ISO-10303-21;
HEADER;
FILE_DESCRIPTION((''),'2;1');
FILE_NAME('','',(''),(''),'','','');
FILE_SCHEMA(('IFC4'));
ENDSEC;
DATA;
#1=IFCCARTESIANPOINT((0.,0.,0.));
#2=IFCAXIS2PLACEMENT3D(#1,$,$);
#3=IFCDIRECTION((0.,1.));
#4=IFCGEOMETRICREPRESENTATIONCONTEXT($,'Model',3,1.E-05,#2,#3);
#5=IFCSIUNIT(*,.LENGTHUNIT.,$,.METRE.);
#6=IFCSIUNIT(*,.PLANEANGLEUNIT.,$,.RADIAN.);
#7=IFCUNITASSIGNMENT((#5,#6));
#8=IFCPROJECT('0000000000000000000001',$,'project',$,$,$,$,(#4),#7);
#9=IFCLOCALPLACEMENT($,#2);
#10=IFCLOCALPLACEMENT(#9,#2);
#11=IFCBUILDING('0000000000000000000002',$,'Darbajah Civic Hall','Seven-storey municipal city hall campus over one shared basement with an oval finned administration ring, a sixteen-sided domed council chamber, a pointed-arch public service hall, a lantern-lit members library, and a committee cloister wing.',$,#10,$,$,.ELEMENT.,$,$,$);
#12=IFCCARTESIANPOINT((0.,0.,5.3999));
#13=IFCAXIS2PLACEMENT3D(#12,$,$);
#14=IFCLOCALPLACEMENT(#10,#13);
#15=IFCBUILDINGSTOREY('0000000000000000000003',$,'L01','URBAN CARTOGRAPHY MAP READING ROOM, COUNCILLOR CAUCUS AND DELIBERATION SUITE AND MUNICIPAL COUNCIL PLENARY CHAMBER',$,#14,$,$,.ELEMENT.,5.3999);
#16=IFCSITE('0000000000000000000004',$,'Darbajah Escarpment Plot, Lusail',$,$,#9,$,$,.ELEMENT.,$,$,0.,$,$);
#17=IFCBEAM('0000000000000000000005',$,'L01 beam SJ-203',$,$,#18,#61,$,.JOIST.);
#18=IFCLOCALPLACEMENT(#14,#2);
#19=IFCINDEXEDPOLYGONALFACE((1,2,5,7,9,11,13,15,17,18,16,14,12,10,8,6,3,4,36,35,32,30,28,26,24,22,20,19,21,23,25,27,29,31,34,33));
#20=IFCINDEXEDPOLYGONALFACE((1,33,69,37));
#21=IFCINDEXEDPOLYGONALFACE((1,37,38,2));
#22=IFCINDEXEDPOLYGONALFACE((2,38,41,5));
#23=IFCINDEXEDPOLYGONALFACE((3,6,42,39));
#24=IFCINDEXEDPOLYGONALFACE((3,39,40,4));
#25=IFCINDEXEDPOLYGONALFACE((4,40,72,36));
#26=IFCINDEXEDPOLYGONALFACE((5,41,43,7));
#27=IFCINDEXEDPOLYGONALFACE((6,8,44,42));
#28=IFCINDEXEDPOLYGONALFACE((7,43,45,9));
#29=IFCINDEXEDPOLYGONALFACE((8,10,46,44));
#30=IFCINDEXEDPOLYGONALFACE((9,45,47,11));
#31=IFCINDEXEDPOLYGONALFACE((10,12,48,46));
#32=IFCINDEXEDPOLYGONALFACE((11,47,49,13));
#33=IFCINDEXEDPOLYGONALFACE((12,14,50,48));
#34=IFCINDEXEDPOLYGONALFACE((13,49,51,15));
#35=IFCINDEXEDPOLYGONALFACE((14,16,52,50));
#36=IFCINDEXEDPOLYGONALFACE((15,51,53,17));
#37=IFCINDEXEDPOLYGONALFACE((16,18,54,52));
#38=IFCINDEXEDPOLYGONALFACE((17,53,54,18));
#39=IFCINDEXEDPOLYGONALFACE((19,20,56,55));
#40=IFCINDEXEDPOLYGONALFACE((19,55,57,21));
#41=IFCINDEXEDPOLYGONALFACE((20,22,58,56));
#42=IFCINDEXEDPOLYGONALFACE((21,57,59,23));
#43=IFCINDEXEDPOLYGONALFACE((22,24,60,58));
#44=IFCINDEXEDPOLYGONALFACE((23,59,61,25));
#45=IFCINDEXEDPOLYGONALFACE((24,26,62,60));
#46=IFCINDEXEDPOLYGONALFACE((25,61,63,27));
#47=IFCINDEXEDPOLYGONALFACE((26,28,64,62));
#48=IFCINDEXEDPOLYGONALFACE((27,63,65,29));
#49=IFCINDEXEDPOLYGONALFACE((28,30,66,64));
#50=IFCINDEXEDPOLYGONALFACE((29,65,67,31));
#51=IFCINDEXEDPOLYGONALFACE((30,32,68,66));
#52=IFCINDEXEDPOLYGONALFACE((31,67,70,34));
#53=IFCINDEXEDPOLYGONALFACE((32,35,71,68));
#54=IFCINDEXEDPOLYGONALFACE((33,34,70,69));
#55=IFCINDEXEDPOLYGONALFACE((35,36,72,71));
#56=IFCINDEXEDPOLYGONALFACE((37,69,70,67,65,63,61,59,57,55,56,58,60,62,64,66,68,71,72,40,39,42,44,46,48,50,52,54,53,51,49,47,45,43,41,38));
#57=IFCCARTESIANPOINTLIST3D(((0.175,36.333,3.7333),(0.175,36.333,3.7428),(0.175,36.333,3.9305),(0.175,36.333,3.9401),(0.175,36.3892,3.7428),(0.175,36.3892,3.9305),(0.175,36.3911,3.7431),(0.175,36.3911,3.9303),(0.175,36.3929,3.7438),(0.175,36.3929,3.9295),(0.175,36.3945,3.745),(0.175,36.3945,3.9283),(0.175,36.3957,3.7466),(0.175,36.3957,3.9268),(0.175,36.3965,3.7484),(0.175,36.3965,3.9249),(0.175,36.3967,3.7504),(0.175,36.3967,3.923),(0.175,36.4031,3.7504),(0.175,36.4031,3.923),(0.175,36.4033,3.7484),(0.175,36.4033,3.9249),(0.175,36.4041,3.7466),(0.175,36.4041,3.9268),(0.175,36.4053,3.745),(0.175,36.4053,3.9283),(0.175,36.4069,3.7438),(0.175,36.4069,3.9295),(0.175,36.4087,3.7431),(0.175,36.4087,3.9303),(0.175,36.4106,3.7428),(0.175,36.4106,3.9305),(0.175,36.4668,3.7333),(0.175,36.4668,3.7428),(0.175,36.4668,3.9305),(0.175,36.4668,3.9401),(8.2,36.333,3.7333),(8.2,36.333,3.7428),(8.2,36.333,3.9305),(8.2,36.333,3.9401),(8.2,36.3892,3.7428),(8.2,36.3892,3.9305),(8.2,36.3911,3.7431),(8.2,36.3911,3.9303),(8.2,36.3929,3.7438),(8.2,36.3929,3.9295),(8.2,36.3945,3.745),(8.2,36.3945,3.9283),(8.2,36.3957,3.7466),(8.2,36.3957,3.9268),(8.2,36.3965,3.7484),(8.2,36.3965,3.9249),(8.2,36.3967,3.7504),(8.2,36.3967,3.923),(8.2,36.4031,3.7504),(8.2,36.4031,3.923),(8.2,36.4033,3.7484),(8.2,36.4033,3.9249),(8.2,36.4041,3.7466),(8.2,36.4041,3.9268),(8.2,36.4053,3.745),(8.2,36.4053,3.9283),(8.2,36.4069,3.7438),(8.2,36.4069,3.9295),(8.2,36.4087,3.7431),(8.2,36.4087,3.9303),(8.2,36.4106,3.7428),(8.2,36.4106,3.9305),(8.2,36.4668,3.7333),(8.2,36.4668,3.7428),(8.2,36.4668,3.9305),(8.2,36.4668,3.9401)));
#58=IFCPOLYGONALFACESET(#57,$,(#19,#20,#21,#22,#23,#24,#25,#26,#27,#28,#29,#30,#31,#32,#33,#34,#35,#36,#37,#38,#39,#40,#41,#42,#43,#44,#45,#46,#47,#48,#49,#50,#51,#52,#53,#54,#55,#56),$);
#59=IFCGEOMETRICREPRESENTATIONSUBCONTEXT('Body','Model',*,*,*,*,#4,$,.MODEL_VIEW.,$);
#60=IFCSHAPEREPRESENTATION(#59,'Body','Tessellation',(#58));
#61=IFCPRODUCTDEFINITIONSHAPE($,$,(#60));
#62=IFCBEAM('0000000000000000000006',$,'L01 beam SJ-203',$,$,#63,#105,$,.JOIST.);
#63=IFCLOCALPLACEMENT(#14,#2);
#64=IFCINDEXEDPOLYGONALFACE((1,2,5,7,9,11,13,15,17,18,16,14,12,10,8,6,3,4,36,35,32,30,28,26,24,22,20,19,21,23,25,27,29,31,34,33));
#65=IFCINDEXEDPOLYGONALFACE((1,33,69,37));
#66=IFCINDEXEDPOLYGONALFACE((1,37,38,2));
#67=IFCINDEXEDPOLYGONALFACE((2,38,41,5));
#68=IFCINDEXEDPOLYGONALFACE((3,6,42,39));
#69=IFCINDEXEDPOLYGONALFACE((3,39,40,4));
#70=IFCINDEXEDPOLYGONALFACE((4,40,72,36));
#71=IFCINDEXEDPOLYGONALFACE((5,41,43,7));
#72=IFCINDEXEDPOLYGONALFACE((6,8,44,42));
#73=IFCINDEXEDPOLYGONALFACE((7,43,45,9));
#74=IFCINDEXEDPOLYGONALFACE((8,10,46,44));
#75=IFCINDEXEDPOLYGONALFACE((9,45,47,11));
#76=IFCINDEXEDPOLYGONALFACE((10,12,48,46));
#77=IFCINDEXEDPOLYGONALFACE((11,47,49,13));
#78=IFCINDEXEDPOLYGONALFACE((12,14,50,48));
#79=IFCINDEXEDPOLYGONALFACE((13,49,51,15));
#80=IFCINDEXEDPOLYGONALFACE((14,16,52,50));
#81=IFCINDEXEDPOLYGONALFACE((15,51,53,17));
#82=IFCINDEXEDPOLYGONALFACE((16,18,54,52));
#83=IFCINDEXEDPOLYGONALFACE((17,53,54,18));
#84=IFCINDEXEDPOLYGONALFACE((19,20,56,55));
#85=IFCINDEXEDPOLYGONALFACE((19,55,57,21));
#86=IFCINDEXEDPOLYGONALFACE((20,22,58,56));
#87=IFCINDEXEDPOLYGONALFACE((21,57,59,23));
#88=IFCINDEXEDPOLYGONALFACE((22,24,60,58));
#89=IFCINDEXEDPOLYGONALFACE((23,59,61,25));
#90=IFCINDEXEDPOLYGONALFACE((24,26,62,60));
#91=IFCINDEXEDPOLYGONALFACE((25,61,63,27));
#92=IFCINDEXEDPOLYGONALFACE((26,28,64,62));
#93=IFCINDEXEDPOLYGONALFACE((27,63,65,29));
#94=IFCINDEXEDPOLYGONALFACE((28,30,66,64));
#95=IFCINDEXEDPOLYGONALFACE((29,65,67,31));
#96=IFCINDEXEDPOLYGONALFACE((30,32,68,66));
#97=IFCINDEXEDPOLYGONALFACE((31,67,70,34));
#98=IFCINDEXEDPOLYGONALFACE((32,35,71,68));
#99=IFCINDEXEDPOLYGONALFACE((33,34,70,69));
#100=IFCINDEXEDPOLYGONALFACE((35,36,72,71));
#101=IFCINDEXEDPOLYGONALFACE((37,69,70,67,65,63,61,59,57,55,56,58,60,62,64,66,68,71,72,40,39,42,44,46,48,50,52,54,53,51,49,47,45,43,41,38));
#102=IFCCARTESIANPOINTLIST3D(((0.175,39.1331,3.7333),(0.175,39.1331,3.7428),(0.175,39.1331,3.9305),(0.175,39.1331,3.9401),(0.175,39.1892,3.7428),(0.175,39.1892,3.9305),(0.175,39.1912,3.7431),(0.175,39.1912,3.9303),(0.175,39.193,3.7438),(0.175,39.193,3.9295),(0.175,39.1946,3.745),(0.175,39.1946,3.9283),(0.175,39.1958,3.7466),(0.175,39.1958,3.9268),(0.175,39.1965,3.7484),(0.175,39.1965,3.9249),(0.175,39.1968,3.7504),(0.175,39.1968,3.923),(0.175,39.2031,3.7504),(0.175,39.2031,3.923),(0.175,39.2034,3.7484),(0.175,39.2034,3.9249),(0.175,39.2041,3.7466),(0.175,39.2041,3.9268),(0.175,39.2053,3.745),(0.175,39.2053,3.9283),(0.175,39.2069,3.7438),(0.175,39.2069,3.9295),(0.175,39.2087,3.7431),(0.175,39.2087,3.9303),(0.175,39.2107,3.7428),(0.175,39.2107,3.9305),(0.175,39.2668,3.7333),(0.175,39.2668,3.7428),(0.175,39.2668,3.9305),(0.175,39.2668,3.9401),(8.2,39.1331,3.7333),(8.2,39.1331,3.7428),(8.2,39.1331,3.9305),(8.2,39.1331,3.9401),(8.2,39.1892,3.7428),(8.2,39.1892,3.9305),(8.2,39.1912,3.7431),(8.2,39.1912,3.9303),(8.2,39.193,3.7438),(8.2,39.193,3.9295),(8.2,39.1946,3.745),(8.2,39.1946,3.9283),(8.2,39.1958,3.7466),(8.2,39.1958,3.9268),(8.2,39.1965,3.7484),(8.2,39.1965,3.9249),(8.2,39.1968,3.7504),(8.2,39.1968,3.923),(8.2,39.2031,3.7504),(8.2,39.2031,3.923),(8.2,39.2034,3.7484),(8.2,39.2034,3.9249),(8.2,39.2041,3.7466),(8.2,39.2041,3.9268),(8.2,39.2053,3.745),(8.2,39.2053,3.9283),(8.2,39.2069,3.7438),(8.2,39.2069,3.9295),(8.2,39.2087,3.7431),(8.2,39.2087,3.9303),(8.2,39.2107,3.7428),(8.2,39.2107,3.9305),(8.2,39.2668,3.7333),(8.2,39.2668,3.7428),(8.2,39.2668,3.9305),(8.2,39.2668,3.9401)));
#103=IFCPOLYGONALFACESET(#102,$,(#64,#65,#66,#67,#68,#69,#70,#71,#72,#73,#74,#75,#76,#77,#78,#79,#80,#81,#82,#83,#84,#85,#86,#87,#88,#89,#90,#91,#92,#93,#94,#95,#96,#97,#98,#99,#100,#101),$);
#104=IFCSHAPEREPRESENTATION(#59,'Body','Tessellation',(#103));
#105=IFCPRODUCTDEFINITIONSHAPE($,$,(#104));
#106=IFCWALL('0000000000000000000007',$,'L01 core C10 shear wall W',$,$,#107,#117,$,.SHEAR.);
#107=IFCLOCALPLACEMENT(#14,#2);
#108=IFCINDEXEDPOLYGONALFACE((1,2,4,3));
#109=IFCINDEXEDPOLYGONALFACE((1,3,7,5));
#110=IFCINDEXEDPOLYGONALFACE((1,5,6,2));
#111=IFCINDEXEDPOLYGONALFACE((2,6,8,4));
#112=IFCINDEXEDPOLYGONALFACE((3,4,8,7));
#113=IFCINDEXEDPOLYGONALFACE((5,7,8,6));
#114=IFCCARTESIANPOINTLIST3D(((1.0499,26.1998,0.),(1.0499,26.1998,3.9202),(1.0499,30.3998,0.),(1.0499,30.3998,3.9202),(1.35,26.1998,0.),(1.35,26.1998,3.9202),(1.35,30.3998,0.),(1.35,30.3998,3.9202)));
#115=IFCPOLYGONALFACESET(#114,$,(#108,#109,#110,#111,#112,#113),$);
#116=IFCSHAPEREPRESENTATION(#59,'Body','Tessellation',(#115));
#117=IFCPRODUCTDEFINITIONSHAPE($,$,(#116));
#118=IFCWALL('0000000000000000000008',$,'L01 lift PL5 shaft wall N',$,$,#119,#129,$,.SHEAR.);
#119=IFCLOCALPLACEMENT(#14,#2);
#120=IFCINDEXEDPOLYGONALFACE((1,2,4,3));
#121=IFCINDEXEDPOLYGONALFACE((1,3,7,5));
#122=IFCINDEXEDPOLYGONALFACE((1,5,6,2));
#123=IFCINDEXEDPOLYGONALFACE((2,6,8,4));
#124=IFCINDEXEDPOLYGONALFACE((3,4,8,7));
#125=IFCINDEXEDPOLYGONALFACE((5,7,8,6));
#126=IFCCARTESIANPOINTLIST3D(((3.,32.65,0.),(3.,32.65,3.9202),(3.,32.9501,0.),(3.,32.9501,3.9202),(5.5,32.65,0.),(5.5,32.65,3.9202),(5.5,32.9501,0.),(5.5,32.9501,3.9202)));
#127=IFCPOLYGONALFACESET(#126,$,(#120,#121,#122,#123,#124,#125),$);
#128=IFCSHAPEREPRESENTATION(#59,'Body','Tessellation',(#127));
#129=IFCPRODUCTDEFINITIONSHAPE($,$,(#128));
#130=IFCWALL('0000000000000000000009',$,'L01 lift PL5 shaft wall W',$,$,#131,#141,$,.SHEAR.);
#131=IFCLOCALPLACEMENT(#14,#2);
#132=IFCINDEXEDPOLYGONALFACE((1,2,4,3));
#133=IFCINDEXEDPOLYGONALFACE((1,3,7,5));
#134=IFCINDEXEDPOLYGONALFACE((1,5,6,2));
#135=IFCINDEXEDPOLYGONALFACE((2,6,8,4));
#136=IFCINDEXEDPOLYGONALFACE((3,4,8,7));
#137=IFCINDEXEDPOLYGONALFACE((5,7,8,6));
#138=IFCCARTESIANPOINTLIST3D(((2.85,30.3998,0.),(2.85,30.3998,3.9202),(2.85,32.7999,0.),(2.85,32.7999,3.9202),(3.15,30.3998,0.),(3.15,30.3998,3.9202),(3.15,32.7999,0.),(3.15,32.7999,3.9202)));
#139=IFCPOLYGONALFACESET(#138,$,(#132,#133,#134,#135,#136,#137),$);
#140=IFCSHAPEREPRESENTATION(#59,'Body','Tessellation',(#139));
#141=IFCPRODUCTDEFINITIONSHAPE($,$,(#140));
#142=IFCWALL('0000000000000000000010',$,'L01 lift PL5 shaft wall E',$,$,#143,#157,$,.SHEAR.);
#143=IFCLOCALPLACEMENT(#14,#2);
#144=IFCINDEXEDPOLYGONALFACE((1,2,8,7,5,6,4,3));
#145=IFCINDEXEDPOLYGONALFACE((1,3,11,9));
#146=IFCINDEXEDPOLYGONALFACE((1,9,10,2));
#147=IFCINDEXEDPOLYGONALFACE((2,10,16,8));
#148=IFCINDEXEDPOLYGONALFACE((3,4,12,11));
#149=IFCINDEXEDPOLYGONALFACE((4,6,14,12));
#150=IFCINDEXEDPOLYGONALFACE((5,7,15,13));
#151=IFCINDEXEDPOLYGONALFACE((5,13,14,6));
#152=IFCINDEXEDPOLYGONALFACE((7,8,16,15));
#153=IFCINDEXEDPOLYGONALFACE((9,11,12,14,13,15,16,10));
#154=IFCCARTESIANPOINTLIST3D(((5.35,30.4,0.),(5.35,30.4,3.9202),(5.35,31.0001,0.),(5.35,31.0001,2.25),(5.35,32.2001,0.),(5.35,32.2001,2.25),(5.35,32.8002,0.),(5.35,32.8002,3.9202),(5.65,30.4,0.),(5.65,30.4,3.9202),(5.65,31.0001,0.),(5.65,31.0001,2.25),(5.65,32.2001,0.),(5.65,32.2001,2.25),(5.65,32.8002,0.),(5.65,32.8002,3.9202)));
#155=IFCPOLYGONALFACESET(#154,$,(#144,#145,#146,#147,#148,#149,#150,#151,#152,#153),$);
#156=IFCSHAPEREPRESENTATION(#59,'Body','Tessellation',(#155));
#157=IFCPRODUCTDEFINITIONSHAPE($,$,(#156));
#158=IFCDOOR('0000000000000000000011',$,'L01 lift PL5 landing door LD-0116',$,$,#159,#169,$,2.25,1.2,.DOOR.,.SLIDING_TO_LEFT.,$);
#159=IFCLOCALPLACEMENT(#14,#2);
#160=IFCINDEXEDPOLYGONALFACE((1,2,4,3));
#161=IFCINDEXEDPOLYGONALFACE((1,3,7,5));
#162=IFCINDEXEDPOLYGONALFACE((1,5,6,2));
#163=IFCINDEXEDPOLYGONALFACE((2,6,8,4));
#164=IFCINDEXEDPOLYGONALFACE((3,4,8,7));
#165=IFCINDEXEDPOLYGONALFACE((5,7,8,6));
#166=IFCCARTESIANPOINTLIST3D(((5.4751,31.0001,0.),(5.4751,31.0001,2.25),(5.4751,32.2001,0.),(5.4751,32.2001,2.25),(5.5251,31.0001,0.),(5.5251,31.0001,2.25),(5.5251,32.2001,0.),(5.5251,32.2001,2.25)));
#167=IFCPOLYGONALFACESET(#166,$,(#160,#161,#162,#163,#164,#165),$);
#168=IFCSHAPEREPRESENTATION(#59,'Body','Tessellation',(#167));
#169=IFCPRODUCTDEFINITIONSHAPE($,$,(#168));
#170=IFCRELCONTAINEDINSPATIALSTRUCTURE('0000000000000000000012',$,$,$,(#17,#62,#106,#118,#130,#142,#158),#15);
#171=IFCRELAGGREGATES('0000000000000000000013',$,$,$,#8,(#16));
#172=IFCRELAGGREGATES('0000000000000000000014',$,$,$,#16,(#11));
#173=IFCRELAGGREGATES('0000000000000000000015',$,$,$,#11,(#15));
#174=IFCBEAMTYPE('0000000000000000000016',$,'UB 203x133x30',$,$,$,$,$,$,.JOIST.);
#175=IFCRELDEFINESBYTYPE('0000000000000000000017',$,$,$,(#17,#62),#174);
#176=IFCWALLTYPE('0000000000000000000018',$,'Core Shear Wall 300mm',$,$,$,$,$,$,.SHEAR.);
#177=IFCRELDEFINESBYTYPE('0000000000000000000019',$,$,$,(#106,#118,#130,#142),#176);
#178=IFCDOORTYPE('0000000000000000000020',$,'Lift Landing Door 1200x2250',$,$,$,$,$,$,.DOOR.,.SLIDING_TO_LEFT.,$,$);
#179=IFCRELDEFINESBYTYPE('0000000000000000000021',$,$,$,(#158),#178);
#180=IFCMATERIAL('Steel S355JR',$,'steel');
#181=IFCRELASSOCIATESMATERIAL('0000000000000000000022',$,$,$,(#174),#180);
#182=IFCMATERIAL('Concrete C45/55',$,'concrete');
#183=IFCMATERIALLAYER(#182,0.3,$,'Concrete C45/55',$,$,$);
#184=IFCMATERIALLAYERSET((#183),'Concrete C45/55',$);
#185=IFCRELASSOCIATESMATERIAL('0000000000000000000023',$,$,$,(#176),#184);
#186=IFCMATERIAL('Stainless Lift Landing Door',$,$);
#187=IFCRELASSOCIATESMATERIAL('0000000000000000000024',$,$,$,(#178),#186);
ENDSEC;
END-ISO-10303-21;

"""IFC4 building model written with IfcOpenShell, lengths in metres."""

from ifc_helpers import new_model, si_unit, direction, frame, frame_2d, origin, origin_2d, place, context, subcontext, project, spatial, rectangle, i_section, extrude, material, layer, layer_set, material_profile, profile_set, type_object, element, fill, save


model = new_model("IFC4")

# Units and contexts
model_context = context("Model", 3, precision=1e-05, world=origin(), true_north=direction((0.0, 1.0)))
body_context = subcontext(model_context, "Body", "Model", "MODEL_VIEW")
ifc_project = project(units=[si_unit("LENGTHUNIT", "METRE"), si_unit("PLANEANGLEUNIT", "RADIAN")], contexts=[model_context])

# Site, building, storey
site_placement = place(None, origin())
site = spatial("IfcSite", under=ifc_project, at=site_placement, Name="Darbajah Escarpment Plot, Lusail", CompositionType="ELEMENT", RefElevation=0.0)
building_placement = place(site_placement, origin())
building = spatial("IfcBuilding", under=site, at=building_placement, Name="Darbajah Civic Hall", Description="Seven-storey municipal city hall campus over one shared basement with an oval finned administration ring, a sixteen-sided domed council chamber, a pointed-arch public service hall, a lantern-lit members library, and a committee cloister wing.", CompositionType="ELEMENT")
storey_placement = place(building_placement, frame((0.0, 0.0, 5.3999)))
storey = spatial("IfcBuildingStorey", under=building, at=storey_placement, Name="L01", Description="URBAN CARTOGRAPHY MAP READING ROOM, COUNCILLOR CAUCUS AND DELIBERATION SUITE AND MUNICIPAL COUNCIL PLENARY CHAMBER", CompositionType="ELEMENT", Elevation=5.3999)

# Shared definitions
ifc_material_1 = material(Name="Concrete C45/55", Category="concrete")

# Beams
ifc_material_2 = material(Name="Steel S355JR", Category="steel")
ifc_material_profile_1 = material_profile(ifc_material_2, i_section(OverallWidth=0.1338, OverallDepth=0.2068, WebThickness=0.0063, FlangeThickness=0.0095, FilletRadius=0.0076, at=origin_2d()), Name="UB 203x133x30")
ifc_profile_set_1 = profile_set([ifc_material_profile_1], Name="Steel S355JR")
beam_type_1 = type_object("IfcBeamType", Name="UB 203x133x30", PredefinedType="JOIST", material=ifc_profile_set_1)
for number, where, z_axis, x_axis, name in (
    (1, (0.175, 36.3999, 3.8367), (1.0, 0.0, 0.0), (0.0, 1.0, 0.0), "L01 beam SJ-203"),
    (2, (0.175, 39.2, 3.8367), (1.0, 0.0, 0.0), (0.0, 1.0, 0.0), "L01 beam SJ-203"),
):
    element("IfcBeam", number, at=place(storey_placement, frame(where, z_axis=z_axis, x_axis=x_axis)), inside=storey, type_object=beam_type_1, Name=name, PredefinedType="JOIST", context=body_context, shape_type="SweptSolid", body=[
        extrude(i_section(OverallWidth=0.1338, OverallDepth=0.2068, WebThickness=0.0063, FlangeThickness=0.0095, FilletRadius=0.0076, at=origin_2d()), origin(), (0.0, 0.0, 1.0), 8.0249),
    ])

# Walls
ifc_layer_1 = layer(ifc_material_1, 0.3, Name="Concrete C45/55")
ifc_layer_set_1 = layer_set([ifc_layer_1], Name="Concrete C45/55")
wall_type_1 = type_object("IfcWallType", Name="Core Shear Wall 300mm", PredefinedType="SHEAR", material=ifc_layer_set_1)
wall_1_placement = place(storey_placement, frame((1.2, 30.3999, 0.0), z_axis=(0.0, 0.0, 1.0), x_axis=(0.0, -1.0, 0.0)))
element("IfcWall", 3, at=wall_1_placement, inside=storey, type_object=wall_type_1, Name="L01 core C10 shear wall W", PredefinedType="SHEAR", context=body_context, shape_type="SweptSolid", body=[
    extrude(rectangle(XDim=4.2, YDim=0.3, at=frame_2d((2.1001, 0.0))), origin(), (0.0, 0.0, 1.0), 3.9202),
])
wall_2_placement = place(storey_placement, frame((5.5, 32.8, 0.0), z_axis=(0.0, 0.0, 1.0), x_axis=(-1.0, 0.0, 0.0)))
element("IfcWall", 4, at=wall_2_placement, inside=storey, type_object=wall_type_1, Name="L01 lift PL5 shaft wall N", PredefinedType="SHEAR", context=body_context, shape_type="SweptSolid", body=[
    extrude(rectangle(XDim=2.5, YDim=0.3, at=frame_2d((1.25, 0.0))), origin(), (0.0, 0.0, 1.0), 3.9202),
])
wall_3_placement = place(storey_placement, frame((3.0, 32.8, 0.0), z_axis=(0.0, 0.0, 1.0), x_axis=(0.0, -1.0, 0.0)))
element("IfcWall", 5, at=wall_3_placement, inside=storey, type_object=wall_type_1, Name="L01 lift PL5 shaft wall W", PredefinedType="SHEAR", context=body_context, shape_type="SweptSolid", body=[
    extrude(rectangle(XDim=2.4001, YDim=0.3, at=frame_2d((1.2002, 0.0))), origin(), (0.0, 0.0, 1.0), 3.9202),
])

# Wall, opening, door
wall_4_placement = place(storey_placement, frame((5.5, 30.3999, 0.0), z_axis=(0.0, 0.0, 1.0), x_axis=(0.0, 1.0, 0.0)))
wall_4 = element("IfcWall", 6, at=wall_4_placement, inside=storey, type_object=wall_type_1, Name="L01 lift PL5 shaft wall E", PredefinedType="SHEAR", context=body_context, shape_type="SweptSolid", body=[
    extrude(rectangle(XDim=2.4001, YDim=0.3, at=frame_2d((1.2002, 0.0))), origin(), (0.0, 0.0, 1.0), 3.9202),
])
opening_1_placement = place(wall_4_placement, frame((0.6001, 0.0, 0.0)))
opening_1 = element("IfcOpeningElement", 7, at=opening_1_placement, cuts=wall_4, PredefinedType="OPENING", context=body_context, shape_type="SweptSolid", body=[
    extrude(rectangle(XDim=1.2, YDim=2.25, at=frame_2d((0.6001, 1.125))), frame((0.0, 0.1599, 0.0), z_axis=(0.0, -1.0, 0.0), x_axis=(1.0, 0.0, 0.0)), (0.0, 0.0, 1.0), 0.3201),
])
ifc_material_3 = material(Name="Stainless Lift Landing Door")
door_type = type_object("IfcDoorType", Name="Lift Landing Door 1200x2250", OperationType="SLIDING_TO_LEFT", PredefinedType="DOOR", material=ifc_material_3)
door_placement = place(opening_1_placement, origin())
door = element("IfcDoor", 8, at=door_placement, inside=storey, type_object=door_type, Name="L01 lift PL5 landing door LD-0116", OperationType="SLIDING_TO_LEFT", OverallHeight=2.25, OverallWidth=1.2, PredefinedType="DOOR", context=body_context, shape_type="SweptSolid", body=[
    extrude(rectangle(XDim=1.2, YDim=2.25, at=frame_2d((0.6001, 1.125))), frame((0.0, 0.0249, 0.0), z_axis=(0.0, -1.0, 0.0), x_axis=(1.0, 0.0, 0.0)), (0.0, 0.0, 1.0), 0.05),
])
fill(opening_1, door)

save(model, "model.ifc")
